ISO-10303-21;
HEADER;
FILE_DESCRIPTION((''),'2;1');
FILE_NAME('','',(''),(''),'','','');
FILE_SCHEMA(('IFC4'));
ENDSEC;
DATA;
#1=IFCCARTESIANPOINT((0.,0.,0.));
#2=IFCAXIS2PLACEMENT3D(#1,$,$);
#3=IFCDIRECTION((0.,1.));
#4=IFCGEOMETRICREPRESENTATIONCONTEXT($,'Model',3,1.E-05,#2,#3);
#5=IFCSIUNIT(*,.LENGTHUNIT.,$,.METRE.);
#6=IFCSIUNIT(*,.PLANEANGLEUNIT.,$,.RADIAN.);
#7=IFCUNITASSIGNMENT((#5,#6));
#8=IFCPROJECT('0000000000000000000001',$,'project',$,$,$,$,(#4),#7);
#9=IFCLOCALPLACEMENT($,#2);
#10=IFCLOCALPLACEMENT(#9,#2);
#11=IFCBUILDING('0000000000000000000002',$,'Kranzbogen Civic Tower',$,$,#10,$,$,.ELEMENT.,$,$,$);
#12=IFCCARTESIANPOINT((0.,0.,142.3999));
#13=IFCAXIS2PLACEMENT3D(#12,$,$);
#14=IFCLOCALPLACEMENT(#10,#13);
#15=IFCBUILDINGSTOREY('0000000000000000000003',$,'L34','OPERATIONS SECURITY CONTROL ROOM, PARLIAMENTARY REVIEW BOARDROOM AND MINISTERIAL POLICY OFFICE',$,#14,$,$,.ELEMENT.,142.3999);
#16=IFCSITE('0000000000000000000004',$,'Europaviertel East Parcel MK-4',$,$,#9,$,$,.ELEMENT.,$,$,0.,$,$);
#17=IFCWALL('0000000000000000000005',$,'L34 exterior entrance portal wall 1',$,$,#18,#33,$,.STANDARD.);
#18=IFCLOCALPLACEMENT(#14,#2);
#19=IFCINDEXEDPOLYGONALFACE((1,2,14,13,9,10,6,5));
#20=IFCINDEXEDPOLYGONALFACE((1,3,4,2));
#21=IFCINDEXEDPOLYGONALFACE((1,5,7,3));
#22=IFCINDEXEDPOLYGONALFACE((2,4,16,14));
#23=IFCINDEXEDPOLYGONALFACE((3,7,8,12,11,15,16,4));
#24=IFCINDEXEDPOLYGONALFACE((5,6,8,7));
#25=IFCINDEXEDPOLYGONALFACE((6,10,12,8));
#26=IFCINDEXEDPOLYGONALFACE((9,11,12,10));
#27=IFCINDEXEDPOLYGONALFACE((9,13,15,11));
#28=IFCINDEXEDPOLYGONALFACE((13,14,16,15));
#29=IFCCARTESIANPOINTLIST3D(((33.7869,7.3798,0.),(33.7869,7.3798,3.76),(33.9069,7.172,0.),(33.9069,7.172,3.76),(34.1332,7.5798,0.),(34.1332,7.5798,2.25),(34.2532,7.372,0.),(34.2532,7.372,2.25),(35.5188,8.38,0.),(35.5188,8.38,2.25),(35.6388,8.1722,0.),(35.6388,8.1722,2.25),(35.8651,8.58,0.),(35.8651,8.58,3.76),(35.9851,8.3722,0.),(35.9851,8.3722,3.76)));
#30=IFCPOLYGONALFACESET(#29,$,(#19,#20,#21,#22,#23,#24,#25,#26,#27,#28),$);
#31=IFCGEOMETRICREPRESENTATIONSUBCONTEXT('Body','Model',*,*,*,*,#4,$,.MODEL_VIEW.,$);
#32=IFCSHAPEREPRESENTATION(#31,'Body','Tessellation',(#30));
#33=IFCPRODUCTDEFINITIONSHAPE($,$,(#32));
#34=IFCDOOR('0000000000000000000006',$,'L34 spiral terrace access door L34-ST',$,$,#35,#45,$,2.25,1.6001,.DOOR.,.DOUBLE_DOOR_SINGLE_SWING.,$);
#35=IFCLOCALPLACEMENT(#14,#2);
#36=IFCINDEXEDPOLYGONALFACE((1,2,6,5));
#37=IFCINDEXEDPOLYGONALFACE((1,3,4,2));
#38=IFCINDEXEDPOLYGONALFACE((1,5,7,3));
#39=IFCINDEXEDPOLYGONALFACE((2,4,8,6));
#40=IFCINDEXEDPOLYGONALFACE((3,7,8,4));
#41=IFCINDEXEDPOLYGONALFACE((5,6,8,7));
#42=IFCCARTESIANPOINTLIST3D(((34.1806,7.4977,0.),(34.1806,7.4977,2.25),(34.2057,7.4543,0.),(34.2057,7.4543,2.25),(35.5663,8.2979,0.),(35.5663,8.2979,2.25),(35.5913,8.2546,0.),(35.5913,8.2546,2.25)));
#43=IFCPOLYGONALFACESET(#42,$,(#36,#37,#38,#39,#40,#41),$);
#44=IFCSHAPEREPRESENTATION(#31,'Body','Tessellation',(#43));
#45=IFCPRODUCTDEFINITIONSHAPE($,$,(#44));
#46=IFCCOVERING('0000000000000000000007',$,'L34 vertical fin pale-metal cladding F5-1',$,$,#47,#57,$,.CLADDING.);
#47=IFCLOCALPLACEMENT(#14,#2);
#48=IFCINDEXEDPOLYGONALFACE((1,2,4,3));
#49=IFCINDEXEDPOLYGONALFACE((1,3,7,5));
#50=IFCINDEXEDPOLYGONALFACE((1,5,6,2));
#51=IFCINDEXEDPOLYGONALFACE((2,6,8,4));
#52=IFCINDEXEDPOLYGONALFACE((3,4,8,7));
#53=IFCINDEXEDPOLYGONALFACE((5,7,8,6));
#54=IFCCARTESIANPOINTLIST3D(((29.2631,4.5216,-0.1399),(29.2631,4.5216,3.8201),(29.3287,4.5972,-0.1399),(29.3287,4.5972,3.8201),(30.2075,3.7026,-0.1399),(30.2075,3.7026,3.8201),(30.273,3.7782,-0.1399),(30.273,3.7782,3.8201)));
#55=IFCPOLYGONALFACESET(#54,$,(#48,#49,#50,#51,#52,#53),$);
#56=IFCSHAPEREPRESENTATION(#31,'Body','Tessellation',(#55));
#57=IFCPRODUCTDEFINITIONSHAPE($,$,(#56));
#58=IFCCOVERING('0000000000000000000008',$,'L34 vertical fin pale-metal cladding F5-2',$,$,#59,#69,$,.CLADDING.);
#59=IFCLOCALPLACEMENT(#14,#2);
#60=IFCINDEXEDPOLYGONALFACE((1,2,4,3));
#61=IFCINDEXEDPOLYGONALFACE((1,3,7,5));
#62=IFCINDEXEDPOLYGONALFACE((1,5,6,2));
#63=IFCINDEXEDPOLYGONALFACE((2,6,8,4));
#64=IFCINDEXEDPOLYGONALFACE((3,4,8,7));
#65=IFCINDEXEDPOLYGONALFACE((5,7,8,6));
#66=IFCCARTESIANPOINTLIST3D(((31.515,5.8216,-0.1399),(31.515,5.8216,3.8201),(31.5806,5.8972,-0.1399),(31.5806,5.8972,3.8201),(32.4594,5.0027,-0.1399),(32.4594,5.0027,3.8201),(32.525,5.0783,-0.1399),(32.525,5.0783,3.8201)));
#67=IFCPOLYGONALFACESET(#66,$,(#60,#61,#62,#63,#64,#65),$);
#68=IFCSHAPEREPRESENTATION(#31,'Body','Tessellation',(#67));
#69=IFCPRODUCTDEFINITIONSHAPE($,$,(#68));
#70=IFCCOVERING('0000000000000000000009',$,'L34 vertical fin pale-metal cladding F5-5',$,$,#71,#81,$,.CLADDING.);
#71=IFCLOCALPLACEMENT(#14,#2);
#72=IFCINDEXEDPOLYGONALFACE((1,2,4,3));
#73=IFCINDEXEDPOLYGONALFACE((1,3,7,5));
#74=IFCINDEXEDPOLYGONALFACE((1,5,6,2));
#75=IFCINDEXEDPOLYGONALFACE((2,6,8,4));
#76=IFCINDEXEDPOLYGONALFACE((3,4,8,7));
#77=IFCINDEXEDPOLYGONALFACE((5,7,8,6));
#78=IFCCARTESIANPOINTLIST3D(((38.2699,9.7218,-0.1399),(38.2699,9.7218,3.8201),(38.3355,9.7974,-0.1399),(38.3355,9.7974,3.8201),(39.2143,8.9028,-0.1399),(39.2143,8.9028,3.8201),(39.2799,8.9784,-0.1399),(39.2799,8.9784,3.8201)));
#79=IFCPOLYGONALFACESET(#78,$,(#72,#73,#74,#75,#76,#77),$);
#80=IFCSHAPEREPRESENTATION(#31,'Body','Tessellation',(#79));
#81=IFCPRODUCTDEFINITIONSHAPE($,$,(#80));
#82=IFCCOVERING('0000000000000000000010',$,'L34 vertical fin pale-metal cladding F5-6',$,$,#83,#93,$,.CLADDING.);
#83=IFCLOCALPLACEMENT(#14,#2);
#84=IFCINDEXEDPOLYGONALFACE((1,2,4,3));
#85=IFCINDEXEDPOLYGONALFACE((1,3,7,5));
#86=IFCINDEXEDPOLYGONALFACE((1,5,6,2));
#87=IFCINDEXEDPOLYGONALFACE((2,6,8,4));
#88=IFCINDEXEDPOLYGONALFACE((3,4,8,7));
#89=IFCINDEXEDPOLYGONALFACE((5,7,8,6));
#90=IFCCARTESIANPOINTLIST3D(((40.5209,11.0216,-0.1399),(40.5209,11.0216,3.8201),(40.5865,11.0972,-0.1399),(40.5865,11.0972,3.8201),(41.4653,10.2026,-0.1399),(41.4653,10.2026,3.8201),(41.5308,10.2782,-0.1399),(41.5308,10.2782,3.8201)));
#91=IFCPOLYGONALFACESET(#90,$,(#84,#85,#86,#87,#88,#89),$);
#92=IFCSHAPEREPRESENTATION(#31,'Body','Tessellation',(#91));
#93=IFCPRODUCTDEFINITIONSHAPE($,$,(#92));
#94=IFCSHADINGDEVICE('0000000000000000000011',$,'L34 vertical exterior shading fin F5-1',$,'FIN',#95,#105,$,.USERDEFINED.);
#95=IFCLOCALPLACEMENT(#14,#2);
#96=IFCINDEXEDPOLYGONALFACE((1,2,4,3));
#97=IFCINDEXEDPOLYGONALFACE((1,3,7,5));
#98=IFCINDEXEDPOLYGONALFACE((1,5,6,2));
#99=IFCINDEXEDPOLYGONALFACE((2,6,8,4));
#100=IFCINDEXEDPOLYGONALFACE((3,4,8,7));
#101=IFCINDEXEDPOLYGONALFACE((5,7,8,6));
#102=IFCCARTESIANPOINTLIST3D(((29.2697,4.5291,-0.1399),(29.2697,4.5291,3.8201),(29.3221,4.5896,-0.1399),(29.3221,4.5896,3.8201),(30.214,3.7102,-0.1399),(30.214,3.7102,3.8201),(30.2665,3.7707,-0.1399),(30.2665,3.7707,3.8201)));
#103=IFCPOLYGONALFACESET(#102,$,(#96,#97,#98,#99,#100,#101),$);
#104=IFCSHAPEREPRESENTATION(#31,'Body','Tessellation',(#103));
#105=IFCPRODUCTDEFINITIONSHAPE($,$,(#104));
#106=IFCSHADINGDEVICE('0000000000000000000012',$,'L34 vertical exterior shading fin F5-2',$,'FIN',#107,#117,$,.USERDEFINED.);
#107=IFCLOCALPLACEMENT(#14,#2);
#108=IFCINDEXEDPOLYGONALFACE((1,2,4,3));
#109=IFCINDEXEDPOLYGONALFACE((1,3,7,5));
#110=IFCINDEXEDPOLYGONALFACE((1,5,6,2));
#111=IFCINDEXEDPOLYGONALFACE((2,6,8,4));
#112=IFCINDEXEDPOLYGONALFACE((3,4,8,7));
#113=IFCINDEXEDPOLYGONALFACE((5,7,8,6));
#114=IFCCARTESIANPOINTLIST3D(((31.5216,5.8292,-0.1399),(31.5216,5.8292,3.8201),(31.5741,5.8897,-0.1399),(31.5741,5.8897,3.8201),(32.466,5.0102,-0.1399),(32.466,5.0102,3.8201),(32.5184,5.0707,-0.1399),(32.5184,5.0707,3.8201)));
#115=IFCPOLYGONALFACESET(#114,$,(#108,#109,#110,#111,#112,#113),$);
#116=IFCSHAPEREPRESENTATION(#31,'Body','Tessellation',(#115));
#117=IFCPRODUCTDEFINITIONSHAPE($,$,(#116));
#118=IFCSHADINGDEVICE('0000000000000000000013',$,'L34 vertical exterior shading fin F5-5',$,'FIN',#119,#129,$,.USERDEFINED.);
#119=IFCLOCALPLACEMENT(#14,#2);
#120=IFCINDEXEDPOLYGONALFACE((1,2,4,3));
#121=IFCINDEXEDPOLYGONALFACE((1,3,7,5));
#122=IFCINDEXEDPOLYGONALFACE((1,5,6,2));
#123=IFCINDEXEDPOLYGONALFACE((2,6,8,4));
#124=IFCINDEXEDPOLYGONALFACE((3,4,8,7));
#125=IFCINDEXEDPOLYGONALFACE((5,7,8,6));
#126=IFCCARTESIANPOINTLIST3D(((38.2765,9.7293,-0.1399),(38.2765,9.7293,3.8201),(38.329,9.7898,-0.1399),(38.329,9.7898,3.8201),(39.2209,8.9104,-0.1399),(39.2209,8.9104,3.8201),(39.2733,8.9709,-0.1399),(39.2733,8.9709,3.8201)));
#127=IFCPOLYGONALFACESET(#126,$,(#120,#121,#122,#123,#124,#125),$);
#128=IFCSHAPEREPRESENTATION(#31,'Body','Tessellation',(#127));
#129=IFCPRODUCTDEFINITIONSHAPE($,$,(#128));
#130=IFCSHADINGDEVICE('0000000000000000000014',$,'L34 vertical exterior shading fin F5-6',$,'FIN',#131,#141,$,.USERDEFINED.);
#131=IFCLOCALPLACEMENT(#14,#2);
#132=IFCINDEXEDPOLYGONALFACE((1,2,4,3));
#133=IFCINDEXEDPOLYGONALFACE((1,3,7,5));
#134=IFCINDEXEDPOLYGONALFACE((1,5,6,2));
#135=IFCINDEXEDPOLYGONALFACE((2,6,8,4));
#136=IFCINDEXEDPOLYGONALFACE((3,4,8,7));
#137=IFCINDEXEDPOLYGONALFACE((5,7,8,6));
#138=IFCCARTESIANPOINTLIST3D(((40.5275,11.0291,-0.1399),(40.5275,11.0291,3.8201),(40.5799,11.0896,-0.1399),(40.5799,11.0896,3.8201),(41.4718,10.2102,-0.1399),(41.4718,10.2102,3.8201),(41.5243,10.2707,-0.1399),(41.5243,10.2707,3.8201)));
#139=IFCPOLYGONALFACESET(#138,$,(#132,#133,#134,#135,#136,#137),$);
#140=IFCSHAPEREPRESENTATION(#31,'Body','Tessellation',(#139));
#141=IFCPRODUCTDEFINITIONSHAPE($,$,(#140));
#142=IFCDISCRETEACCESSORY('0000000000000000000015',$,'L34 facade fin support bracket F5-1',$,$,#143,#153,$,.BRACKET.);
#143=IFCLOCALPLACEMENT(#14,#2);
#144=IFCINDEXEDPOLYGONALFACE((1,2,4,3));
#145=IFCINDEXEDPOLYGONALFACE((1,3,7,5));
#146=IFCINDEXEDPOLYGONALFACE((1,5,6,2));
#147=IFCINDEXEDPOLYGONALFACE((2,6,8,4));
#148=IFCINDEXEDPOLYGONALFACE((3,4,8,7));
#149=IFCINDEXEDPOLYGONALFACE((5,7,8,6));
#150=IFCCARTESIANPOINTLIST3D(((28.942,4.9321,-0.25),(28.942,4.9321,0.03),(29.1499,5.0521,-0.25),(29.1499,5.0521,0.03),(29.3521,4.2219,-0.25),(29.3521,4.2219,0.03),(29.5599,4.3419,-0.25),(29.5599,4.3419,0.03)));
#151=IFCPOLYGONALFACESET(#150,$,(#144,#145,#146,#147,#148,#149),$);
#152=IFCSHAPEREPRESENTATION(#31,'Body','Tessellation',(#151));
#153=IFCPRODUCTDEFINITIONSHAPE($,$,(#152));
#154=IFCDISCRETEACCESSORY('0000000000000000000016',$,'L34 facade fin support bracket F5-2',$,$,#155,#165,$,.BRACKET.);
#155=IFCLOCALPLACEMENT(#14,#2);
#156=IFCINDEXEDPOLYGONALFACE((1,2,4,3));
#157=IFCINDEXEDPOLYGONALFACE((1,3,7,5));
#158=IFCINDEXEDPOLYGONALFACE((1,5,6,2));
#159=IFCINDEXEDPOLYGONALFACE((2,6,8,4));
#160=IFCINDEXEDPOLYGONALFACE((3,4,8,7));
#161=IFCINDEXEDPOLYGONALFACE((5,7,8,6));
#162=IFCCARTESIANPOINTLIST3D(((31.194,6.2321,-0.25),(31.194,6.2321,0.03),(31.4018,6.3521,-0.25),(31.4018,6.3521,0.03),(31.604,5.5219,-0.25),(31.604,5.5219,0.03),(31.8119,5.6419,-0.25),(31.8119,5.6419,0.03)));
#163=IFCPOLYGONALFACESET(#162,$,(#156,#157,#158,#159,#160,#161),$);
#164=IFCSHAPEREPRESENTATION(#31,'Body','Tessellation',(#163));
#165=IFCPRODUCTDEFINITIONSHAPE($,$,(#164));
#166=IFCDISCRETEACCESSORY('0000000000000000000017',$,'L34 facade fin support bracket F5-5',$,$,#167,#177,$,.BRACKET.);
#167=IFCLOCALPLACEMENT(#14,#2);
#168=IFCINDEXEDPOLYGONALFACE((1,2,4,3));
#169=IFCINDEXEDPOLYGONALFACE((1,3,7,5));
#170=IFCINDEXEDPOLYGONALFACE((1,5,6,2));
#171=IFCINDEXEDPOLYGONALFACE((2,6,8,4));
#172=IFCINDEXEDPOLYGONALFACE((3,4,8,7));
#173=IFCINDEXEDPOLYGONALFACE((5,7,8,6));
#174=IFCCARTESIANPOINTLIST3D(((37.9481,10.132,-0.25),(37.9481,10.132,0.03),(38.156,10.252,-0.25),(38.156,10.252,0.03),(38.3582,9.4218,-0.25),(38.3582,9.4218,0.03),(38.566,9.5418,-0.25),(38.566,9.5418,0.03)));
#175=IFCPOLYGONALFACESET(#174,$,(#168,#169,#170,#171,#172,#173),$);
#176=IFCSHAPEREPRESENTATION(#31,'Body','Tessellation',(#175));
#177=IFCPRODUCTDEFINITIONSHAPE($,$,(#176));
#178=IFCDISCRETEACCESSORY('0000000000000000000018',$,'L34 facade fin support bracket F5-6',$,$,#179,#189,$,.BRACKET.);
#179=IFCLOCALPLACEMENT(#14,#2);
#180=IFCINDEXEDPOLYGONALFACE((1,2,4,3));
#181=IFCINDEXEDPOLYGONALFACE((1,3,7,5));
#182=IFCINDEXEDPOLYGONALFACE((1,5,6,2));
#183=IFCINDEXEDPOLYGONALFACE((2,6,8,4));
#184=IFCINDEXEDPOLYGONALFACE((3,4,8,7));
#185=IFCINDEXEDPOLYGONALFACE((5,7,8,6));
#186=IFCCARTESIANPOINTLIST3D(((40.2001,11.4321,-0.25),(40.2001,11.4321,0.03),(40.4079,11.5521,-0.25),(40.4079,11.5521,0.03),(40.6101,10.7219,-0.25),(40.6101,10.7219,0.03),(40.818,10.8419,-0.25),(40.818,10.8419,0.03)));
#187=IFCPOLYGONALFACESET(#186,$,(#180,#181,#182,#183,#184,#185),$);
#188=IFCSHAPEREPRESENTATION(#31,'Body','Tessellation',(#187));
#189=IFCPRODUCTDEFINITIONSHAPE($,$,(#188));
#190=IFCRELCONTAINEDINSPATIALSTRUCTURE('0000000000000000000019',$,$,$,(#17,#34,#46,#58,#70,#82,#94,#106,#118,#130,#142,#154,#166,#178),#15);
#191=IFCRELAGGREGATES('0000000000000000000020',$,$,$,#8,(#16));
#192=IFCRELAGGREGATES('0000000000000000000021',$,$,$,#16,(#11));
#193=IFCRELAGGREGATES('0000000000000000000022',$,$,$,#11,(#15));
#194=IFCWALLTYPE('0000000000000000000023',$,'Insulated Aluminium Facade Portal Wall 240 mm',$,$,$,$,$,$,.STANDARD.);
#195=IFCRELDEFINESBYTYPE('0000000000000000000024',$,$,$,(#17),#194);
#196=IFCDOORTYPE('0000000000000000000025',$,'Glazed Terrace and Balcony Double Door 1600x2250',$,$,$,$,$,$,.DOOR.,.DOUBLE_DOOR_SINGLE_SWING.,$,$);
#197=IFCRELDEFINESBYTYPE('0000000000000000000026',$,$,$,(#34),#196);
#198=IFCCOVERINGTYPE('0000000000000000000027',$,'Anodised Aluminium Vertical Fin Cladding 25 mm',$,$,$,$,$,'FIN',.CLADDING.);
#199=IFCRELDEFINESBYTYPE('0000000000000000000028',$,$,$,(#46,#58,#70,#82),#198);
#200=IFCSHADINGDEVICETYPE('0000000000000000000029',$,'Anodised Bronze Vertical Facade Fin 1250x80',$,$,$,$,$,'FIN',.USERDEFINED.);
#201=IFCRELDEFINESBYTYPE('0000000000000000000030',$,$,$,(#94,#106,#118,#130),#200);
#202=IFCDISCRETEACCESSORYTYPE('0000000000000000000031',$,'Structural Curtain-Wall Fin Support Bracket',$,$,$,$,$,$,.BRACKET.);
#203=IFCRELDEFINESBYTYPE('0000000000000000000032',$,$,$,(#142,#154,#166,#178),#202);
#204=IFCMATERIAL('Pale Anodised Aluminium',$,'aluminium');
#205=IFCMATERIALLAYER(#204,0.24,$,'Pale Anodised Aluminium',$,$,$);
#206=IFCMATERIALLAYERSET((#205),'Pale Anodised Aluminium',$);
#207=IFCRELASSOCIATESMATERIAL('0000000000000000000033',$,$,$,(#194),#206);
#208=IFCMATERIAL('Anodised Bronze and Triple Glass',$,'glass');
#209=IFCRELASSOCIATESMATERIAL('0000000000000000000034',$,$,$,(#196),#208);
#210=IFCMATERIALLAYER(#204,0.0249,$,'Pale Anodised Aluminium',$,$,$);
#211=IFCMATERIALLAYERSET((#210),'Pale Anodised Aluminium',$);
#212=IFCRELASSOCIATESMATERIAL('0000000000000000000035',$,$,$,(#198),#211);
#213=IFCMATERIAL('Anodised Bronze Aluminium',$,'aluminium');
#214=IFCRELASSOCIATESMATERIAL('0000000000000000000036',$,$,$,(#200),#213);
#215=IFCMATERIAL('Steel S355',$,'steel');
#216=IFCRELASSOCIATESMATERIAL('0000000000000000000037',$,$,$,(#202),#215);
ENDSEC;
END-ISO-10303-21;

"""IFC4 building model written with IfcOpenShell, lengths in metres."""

from ifc_helpers import new_model, si_unit, direction, frame, frame_2d, origin, origin_2d, place, context, subcontext, project, spatial, rectangle, extrude, material, layer, layer_set, type_object, element, fill, save


model = new_model("IFC4")

# Units and contexts
model_context = context("Model", 3, precision=1e-05, world=origin(), true_north=direction((0.0, 1.0)))
body_context = subcontext(model_context, "Body", "Model", "MODEL_VIEW")
ifc_project = project(units=[si_unit("LENGTHUNIT", "METRE"), si_unit("PLANEANGLEUNIT", "RADIAN")], contexts=[model_context])

# Site, building, storey
site_placement = place(None, origin())
site = spatial("IfcSite", under=ifc_project, at=site_placement, Name="Europaviertel East Parcel MK-4", CompositionType="ELEMENT", RefElevation=0.0)
building_placement = place(site_placement, origin())
building = spatial("IfcBuilding", under=site, at=building_placement, Name="Kranzbogen Civic Tower", CompositionType="ELEMENT")
storey_placement = place(building_placement, frame((0.0, 0.0, 142.3999)))
storey = spatial("IfcBuildingStorey", under=building, at=storey_placement, Name="L34", Description="OPERATIONS SECURITY CONTROL ROOM, PARLIAMENTARY REVIEW BOARDROOM AND MINISTERIAL POLICY OFFICE", CompositionType="ELEMENT", Elevation=142.3999)

# Shared definitions
ifc_material_1 = material(Name="Steel S355", Category="steel")

# Shared definitions
ifc_material_2 = material(Name="Pale Anodised Aluminium", Category="aluminium")

# Wall, opening, door
ifc_layer_1 = layer(ifc_material_2, 0.24, Name="Pale Anodised Aluminium")
ifc_layer_set_1 = layer_set([ifc_layer_1], Name="Pale Anodised Aluminium")
wall_type_1 = type_object("IfcWallType", Name="Insulated Aluminium Facade Portal Wall 240 mm", PredefinedType="STANDARD", material=ifc_layer_set_1)
wall_1_placement = place(storey_placement, frame((33.8469, 7.2759, 0.0), z_axis=(0.0, 0.0, 1.0), x_axis=(0.865955, 0.500122, 0.0)))
wall_1 = element("IfcWall", 1, at=wall_1_placement, inside=storey, type_object=wall_type_1, Name="L34 exterior entrance portal wall 1", PredefinedType="STANDARD", context=body_context, shape_type="SweptSolid", body=[
    extrude(rectangle(XDim=2.3999, YDim=0.24, at=frame_2d((1.2, 0.0))), origin(), (0.0, 0.0, 1.0), 3.76),
])
opening_placement = place(wall_1_placement, frame((0.3999, 0.0, 0.0)))
opening = element("IfcOpeningElement", 2, at=opening_placement, cuts=wall_1, PredefinedType="OPENING", context=body_context, shape_type="SweptSolid", body=[
    extrude(rectangle(XDim=1.6001, YDim=2.25, at=frame_2d((0.8, 1.125))), frame((0.0, 0.1299, 0.0), z_axis=(0.0, -1.0, 0.0), x_axis=(1.0, 0.0, 0.0)), (0.0, 0.0, 1.0), 0.26),
])
ifc_material_3 = material(Name="Anodised Bronze and Triple Glass", Category="glass")
door_type = type_object("IfcDoorType", Name="Glazed Terrace and Balcony Double Door 1600x2250", OperationType="DOUBLE_DOOR_SINGLE_SWING", PredefinedType="DOOR", material=ifc_material_3)
door_placement = place(opening_placement, frame((1.6001, 0.0, 0.0), z_axis=(0.0, 0.0, 1.0), x_axis=(-1.0, 0.0, 0.0)))
door = element("IfcDoor", 3, at=door_placement, inside=storey, type_object=door_type, Name="L34 spiral terrace access door L34-ST", OperationType="DOUBLE_DOOR_SINGLE_SWING", OverallHeight=2.25, OverallWidth=1.6001, PredefinedType="DOOR", context=body_context, shape_type="SweptSolid", body=[
    extrude(rectangle(XDim=1.6001, YDim=2.25, at=frame_2d((0.8, 1.125))), frame((0.0, 0.0249, 0.0), z_axis=(0.0, -1.0, 0.0), x_axis=(1.0, 0.0, 0.0)), (0.0, 0.0, 1.0), 0.05),
])
fill(opening, door)

# Coverings
ifc_layer_2 = layer(ifc_material_2, 0.0249, Name="Pale Anodised Aluminium")
ifc_layer_set_2 = layer_set([ifc_layer_2], Name="Pale Anodised Aluminium")
covering_type = type_object("IfcCoveringType", Name="Anodised Aluminium Vertical Fin Cladding 25 mm", ElementType="FIN", PredefinedType="CLADDING", material=ifc_layer_set_2)
for number, where, z_axis, x_axis, name in (
    (4, (29.7681, 4.1499, -0.1399), (0.0, 0.0, 1.0), (0.755488, -0.655163, 0.0), "L34 vertical fin pale-metal cladding F5-1"),
    (5, (32.02, 5.45, -0.1399), (0.0, 0.0, 1.0), (0.755488, -0.655163, 0.0), "L34 vertical fin pale-metal cladding F5-2"),
    (6, (38.7749, 9.3501, -0.1399), (0.0, 0.0, 1.0), (0.755488, -0.655163, 0.0), "L34 vertical fin pale-metal cladding F5-5"),
    (7, (41.0259, 10.6499, -0.1399), (0.0, 0.0, 1.0), (0.755488, -0.655163, 0.0), "L34 vertical fin pale-metal cladding F5-6"),
):
    element("IfcCovering", number, at=place(storey_placement, frame(where, z_axis=z_axis, x_axis=x_axis)), inside=storey, type_object=covering_type, Name=name, PredefinedType="CLADDING", context=body_context, shape_type="SweptSolid", body=[
        extrude(rectangle(XDim=1.25, YDim=0.1001, at=origin_2d()), origin(), (0.0, 0.0, 1.0), 3.96),
    ])

# Shading devices
ifc_material_4 = material(Name="Anodised Bronze Aluminium", Category="aluminium")
shading_device_type = type_object("IfcShadingDeviceType", Name="Anodised Bronze Vertical Facade Fin 1250x80", ElementType="FIN", PredefinedType="USERDEFINED", material=ifc_material_4)
for number, where, z_axis, x_axis, name in (
    (8, (29.7681, 4.1499, -0.1399), (0.0, 0.0, 1.0), (0.755488, -0.655163, 0.0), "L34 vertical exterior shading fin F5-1"),
    (9, (32.02, 5.45, -0.1399), (0.0, 0.0, 1.0), (0.755488, -0.655163, 0.0), "L34 vertical exterior shading fin F5-2"),
    (10, (38.7749, 9.3501, -0.1399), (0.0, 0.0, 1.0), (0.755488, -0.655163, 0.0), "L34 vertical exterior shading fin F5-5"),
    (11, (41.0259, 10.6499, -0.1399), (0.0, 0.0, 1.0), (0.755488, -0.655163, 0.0), "L34 vertical exterior shading fin F5-6"),
):
    element("IfcShadingDevice", number, at=place(storey_placement, frame(where, z_axis=z_axis, x_axis=x_axis)), inside=storey, type_object=shading_device_type, Name=name, ObjectType="FIN", PredefinedType="USERDEFINED", context=body_context, shape_type="SweptSolid", body=[
        extrude(rectangle(XDim=1.25, YDim=0.0801, at=origin_2d()), origin(), (0.0, 0.0, 1.0), 3.96),
    ])

# Discrete accessories
discrete_accessory_type = type_object("IfcDiscreteAccessoryType", Name="Structural Curtain-Wall Fin Support Bracket", PredefinedType="BRACKET", material=ifc_material_1)
for number, where, z_axis, x_axis, name in (
    (12, (29.251, 4.637, -0.25), (0.0, 0.0, 1.0), (0.5, -0.866025, 0.0), "L34 facade fin support bracket F5-1"),
    (13, (31.5029, 5.937, -0.25), (0.0, 0.0, 1.0), (0.5, -0.866025, 0.0), "L34 facade fin support bracket F5-2"),
    (14, (38.2571, 9.8369, -0.25), (0.0, 0.0, 1.0), (0.5, -0.866025, 0.0), "L34 facade fin support bracket F5-5"),
    (15, (40.509, 11.137, -0.25), (0.0, 0.0, 1.0), (0.5, -0.866025, 0.0), "L34 facade fin support bracket F5-6"),
):
    element("IfcDiscreteAccessory", number, at=place(storey_placement, frame(where, z_axis=z_axis, x_axis=x_axis)), inside=storey, type_object=discrete_accessory_type, Name=name, PredefinedType="BRACKET", context=body_context, shape_type="SweptSolid", body=[
        extrude(rectangle(XDim=0.8201, YDim=0.24, at=origin_2d()), origin(), (0.0, 0.0, 1.0), 0.28),
    ])

save(model, "model.ifc")
